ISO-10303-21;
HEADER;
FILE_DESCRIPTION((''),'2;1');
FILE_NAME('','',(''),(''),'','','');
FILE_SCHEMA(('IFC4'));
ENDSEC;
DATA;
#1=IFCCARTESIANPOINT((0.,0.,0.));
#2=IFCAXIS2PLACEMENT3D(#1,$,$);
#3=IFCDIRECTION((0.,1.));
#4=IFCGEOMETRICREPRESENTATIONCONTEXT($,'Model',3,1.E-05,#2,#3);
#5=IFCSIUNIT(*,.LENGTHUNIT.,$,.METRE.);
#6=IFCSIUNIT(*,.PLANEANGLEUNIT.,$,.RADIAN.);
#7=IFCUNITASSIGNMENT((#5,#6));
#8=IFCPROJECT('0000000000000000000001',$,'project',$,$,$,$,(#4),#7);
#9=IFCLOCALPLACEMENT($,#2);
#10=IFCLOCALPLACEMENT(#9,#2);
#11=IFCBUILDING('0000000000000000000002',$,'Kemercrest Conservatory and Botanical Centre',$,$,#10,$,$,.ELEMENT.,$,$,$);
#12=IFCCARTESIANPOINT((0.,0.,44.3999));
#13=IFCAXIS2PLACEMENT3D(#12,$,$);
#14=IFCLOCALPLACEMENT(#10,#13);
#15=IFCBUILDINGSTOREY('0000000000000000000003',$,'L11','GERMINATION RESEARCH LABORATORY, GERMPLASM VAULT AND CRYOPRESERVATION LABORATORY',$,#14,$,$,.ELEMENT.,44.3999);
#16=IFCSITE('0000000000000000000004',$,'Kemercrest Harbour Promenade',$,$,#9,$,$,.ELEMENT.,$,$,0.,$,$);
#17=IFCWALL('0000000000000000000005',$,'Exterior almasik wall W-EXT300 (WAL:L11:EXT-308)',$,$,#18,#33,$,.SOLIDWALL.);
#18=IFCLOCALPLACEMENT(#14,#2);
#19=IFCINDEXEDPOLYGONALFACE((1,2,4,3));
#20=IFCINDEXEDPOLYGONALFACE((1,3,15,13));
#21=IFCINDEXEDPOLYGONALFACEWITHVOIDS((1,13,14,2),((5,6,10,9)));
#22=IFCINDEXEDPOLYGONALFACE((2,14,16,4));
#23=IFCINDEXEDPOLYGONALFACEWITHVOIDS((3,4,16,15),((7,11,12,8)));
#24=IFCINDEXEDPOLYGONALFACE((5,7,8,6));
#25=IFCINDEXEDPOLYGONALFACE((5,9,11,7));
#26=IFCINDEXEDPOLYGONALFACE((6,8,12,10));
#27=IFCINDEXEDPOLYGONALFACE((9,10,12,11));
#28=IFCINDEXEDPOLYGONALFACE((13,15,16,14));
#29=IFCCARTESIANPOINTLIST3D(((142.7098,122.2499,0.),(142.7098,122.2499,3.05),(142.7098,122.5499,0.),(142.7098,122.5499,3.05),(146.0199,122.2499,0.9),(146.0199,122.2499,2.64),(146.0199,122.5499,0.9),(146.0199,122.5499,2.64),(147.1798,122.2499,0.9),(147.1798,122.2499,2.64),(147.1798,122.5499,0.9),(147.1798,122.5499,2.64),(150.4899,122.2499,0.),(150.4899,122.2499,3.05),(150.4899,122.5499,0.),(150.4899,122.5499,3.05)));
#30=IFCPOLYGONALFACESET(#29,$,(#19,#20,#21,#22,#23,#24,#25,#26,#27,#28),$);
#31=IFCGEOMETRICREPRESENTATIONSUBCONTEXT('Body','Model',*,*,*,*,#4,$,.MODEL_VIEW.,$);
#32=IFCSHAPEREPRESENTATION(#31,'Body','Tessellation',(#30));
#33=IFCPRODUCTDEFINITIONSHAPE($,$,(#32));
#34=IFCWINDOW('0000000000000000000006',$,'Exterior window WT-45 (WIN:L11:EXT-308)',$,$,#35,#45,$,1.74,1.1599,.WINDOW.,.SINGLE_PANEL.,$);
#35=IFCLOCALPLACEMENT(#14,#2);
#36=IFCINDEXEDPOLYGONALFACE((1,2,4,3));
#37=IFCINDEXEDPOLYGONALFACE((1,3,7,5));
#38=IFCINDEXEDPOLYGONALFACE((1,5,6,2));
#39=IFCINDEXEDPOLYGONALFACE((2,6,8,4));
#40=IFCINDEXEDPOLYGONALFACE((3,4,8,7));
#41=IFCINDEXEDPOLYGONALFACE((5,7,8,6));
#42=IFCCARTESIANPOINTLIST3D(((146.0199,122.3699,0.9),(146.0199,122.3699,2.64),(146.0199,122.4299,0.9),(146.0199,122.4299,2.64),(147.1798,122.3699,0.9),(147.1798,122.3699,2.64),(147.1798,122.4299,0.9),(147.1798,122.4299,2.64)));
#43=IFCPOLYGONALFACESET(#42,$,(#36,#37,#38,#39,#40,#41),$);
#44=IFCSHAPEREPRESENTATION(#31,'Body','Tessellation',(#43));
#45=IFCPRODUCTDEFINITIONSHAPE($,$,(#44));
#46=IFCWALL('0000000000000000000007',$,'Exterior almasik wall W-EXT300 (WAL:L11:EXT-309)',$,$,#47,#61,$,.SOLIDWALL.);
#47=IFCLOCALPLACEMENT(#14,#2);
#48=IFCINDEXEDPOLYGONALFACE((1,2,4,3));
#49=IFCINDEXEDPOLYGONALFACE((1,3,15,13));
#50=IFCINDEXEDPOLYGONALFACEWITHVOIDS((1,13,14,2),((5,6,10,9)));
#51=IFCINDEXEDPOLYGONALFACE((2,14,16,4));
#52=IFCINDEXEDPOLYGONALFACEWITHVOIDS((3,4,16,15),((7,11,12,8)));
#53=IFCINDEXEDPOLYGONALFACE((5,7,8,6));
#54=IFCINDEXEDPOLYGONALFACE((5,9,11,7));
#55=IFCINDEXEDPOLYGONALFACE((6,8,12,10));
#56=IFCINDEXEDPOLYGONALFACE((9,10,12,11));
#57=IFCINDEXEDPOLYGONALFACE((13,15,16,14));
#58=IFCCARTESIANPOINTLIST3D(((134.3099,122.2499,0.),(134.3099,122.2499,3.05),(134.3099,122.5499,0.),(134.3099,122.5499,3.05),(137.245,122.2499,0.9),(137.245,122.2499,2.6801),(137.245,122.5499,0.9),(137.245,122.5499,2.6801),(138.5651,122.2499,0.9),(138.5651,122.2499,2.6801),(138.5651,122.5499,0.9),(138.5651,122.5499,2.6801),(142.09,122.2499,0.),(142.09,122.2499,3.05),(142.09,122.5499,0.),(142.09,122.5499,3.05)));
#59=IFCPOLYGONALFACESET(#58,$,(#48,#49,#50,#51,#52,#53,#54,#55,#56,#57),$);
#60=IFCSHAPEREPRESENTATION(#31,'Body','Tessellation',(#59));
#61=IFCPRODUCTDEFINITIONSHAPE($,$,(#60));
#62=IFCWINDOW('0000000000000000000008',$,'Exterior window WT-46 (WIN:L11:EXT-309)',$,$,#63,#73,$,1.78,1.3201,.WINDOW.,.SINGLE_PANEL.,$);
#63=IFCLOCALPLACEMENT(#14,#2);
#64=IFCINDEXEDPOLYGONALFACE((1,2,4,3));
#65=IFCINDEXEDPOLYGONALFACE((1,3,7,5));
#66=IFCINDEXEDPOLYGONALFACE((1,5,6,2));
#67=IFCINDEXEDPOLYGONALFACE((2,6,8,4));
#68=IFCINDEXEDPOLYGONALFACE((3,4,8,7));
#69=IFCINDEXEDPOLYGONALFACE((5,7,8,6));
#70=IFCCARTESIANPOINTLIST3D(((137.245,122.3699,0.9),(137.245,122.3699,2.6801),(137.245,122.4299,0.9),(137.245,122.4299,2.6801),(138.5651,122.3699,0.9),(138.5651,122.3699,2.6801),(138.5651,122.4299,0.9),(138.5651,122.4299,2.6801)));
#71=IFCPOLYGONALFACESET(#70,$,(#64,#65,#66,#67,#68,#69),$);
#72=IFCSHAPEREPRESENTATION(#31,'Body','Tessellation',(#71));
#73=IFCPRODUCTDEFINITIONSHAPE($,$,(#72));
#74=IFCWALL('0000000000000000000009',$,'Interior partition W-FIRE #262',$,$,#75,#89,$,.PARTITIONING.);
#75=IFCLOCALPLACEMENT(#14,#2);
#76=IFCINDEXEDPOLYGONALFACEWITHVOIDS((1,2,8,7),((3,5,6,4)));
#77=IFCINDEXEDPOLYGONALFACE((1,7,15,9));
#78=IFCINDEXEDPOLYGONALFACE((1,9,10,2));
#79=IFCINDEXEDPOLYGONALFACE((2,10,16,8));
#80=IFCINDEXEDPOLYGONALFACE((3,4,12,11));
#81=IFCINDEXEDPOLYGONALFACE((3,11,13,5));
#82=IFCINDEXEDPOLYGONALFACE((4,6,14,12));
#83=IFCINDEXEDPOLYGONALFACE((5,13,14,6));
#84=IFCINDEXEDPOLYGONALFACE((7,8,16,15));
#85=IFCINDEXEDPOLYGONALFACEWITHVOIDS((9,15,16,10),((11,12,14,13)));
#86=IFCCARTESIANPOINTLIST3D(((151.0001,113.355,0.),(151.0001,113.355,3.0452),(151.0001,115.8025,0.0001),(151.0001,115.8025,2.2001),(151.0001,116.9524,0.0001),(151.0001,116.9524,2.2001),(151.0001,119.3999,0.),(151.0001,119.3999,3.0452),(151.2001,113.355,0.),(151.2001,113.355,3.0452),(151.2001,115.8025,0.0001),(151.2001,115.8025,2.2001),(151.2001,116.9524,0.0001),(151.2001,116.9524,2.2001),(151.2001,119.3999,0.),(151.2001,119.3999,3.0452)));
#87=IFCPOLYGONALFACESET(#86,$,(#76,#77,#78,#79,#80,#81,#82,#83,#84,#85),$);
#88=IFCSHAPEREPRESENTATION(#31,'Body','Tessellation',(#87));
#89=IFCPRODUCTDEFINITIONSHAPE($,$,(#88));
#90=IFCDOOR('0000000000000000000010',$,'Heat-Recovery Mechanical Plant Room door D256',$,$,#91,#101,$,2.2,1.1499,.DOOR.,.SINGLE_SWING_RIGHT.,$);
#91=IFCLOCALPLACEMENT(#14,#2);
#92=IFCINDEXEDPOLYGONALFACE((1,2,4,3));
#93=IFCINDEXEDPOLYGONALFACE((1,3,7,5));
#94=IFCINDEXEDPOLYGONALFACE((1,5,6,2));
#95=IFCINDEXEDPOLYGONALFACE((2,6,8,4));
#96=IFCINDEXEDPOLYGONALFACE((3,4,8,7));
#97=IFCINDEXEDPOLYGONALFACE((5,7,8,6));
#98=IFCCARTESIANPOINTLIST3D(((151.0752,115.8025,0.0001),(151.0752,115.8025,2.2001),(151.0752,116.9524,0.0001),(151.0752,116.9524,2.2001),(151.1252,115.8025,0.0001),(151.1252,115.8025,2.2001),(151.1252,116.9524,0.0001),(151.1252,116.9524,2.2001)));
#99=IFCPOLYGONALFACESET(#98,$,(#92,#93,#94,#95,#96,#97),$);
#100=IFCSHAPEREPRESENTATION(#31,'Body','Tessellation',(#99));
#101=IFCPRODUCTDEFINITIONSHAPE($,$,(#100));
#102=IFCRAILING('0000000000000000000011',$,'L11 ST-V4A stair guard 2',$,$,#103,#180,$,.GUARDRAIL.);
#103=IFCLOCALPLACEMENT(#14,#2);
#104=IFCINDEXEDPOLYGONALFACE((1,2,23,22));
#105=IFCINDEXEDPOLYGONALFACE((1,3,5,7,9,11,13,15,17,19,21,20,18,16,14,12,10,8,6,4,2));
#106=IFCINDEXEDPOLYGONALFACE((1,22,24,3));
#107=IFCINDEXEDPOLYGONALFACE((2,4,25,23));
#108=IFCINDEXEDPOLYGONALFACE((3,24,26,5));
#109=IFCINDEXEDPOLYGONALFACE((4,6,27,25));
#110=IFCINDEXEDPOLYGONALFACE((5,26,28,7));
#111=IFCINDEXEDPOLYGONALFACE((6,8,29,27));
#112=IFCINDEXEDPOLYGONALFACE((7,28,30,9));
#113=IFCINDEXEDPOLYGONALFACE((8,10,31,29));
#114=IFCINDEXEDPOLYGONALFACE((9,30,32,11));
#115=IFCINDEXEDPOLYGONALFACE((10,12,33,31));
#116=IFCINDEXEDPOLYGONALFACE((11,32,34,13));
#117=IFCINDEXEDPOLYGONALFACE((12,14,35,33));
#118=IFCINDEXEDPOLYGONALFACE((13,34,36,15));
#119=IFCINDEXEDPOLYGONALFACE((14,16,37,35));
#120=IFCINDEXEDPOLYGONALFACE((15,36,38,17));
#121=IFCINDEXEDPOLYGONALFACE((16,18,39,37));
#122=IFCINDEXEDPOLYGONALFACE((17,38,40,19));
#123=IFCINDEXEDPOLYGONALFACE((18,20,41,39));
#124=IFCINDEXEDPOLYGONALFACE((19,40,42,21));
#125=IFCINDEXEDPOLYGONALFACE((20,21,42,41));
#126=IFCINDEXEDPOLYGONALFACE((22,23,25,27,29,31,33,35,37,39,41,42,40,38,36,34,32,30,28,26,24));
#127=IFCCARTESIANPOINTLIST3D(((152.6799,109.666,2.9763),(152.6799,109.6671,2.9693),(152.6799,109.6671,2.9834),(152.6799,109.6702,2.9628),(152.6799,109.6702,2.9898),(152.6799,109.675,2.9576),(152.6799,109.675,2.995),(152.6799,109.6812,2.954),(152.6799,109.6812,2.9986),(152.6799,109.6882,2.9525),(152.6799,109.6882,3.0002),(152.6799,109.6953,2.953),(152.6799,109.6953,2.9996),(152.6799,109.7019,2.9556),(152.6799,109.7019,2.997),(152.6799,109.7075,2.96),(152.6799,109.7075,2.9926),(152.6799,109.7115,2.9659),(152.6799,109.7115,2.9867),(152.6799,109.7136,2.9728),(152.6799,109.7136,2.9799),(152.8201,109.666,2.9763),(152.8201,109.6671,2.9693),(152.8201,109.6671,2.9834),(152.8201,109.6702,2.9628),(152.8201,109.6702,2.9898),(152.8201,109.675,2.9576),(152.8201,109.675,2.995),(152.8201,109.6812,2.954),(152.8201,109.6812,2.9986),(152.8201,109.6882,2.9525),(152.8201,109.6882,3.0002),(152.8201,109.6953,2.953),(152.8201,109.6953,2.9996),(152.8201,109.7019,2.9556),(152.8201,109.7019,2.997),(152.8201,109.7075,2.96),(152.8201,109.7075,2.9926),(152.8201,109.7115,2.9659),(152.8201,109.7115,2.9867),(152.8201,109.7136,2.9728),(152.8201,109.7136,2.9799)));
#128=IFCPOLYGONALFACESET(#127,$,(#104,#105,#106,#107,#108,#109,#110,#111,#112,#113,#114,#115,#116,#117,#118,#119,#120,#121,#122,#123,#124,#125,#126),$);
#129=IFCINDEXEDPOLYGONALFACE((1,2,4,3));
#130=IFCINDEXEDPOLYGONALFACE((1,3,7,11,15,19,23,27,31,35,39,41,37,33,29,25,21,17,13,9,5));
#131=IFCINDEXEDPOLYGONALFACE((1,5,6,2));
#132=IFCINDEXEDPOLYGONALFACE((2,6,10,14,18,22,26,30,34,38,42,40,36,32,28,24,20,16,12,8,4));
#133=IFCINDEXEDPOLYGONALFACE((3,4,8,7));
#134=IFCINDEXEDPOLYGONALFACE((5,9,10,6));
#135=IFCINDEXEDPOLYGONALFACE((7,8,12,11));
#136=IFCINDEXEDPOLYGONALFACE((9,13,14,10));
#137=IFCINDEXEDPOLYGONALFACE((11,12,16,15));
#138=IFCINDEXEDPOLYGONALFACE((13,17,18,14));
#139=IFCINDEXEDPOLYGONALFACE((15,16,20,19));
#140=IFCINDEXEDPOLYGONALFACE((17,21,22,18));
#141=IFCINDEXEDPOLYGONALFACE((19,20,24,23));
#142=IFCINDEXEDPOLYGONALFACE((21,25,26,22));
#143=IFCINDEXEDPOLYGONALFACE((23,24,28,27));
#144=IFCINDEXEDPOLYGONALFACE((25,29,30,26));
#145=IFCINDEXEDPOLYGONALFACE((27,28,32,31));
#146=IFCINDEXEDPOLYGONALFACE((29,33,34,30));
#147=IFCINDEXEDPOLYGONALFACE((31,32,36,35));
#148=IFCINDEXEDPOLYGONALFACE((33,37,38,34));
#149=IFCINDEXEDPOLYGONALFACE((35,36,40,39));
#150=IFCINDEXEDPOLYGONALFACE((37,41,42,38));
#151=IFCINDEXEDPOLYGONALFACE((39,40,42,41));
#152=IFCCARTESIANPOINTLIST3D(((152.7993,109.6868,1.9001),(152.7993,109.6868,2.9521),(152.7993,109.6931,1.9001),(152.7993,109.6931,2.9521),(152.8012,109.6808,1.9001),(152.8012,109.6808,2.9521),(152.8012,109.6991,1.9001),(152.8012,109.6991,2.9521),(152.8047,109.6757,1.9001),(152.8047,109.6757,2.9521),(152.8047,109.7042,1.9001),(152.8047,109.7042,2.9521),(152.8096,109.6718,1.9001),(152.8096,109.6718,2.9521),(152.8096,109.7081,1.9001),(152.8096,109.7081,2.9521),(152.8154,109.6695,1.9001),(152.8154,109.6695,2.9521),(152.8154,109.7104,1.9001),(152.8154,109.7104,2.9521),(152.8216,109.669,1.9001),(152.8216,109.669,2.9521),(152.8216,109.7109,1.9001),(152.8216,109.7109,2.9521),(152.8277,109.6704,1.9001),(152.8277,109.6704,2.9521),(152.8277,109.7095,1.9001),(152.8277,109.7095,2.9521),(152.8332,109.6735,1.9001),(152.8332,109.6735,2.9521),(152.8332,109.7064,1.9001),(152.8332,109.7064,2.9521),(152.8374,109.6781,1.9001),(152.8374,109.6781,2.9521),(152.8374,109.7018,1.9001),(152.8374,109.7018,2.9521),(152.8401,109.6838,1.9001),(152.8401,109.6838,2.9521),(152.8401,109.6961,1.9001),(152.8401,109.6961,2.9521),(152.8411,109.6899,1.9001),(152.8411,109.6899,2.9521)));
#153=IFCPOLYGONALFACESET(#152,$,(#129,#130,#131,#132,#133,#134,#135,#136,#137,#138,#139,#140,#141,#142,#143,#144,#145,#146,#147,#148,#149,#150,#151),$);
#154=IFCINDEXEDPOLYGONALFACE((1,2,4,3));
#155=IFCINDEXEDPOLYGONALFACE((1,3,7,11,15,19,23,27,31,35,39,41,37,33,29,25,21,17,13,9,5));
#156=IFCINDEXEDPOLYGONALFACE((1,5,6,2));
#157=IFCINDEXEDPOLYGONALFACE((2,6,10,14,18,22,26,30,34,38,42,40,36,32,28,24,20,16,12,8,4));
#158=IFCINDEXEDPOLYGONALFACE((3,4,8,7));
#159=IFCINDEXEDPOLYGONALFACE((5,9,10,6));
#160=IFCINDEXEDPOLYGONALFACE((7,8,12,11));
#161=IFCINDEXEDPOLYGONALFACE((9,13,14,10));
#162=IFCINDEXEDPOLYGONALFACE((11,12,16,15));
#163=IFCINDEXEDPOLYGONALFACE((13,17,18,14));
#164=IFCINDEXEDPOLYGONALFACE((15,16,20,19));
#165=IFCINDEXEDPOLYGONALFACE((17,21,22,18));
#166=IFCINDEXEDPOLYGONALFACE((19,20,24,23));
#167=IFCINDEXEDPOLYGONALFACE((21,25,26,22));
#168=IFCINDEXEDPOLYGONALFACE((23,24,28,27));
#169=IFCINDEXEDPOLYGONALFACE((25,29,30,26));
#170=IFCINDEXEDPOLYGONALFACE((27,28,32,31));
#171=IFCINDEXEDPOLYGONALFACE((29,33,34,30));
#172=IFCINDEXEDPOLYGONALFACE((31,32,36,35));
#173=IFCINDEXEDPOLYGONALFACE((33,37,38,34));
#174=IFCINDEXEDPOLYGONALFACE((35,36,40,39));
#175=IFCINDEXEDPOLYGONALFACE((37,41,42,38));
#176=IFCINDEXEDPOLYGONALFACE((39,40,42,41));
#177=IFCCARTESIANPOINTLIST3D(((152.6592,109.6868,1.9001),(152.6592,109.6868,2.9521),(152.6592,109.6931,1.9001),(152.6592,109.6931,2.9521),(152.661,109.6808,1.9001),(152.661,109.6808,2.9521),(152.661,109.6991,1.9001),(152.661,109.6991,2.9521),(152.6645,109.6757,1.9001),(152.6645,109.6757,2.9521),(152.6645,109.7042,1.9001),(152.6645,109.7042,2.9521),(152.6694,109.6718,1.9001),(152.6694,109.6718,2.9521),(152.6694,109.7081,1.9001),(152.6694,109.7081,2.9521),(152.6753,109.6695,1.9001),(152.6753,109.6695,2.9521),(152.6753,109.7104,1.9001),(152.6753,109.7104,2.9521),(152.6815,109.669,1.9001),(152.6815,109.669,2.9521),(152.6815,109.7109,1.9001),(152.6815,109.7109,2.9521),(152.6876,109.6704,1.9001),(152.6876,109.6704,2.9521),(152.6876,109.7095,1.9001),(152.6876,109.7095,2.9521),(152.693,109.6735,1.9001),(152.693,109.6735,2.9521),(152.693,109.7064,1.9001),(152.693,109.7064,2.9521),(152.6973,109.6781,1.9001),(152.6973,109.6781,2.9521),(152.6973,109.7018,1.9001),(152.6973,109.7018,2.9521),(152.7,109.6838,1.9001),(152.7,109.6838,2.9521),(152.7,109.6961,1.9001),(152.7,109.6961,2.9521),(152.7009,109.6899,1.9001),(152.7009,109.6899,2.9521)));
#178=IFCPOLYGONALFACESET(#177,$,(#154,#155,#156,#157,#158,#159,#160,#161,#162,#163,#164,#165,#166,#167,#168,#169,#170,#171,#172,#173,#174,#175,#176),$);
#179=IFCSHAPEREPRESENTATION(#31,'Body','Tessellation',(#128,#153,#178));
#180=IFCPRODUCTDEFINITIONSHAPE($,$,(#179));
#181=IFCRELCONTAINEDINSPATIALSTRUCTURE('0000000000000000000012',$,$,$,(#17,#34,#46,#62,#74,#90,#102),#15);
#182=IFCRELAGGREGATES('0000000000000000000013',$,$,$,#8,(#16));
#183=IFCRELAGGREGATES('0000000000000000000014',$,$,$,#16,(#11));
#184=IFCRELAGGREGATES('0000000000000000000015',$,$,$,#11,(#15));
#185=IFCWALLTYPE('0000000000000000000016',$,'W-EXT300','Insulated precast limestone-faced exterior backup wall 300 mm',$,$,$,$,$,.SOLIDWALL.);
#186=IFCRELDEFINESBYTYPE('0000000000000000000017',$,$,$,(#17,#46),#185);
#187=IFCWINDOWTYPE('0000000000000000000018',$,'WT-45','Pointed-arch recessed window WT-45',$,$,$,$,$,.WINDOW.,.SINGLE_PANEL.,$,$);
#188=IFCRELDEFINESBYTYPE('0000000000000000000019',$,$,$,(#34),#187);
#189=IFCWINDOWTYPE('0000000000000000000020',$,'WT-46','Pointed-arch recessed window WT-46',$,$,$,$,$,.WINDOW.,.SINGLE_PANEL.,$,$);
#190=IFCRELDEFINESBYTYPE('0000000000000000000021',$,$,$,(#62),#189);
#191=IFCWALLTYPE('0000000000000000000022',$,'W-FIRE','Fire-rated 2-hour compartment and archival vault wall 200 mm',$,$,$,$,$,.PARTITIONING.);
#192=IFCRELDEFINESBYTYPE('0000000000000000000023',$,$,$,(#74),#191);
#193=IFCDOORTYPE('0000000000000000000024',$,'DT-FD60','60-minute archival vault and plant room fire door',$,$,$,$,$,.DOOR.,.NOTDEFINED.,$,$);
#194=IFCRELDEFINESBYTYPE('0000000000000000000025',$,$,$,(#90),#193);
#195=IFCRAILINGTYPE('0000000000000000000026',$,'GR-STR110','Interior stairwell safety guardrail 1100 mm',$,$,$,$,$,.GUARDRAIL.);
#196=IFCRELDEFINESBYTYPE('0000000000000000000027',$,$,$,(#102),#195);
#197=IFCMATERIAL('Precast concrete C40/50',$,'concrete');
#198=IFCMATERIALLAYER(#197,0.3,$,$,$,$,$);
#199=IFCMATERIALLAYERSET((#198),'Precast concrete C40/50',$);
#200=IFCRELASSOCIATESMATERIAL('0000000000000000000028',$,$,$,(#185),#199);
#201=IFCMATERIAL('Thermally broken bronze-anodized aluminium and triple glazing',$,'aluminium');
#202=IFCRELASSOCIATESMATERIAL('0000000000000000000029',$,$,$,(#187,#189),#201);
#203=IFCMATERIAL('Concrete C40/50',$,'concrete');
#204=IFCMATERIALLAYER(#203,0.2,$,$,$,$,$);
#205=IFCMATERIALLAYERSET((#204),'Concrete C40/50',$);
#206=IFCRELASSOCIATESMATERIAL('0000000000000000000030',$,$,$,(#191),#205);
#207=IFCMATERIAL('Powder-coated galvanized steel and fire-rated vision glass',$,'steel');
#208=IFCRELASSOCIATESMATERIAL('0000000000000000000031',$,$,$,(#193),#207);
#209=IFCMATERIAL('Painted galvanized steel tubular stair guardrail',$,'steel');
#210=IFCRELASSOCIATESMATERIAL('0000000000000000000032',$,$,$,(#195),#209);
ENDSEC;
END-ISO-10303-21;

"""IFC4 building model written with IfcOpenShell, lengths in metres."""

from ifc_helpers import new_model, si_unit, direction, frame, frame_2d, origin, origin_2d, place, context, subcontext, project, spatial, rectangle, circle, extrude, material, layer, layer_set, type_object, element, fill, save


model = new_model("IFC4")

# Units and contexts
model_context = context("Model", 3, precision=1e-05, world=origin(), true_north=direction((0.0, 1.0)))
body_context = subcontext(model_context, "Body", "Model", "MODEL_VIEW")
ifc_project = project(units=[si_unit("LENGTHUNIT", "METRE"), si_unit("PLANEANGLEUNIT", "RADIAN")], contexts=[model_context])

# Site, building, storey
site_placement = place(None, origin())
site = spatial("IfcSite", under=ifc_project, at=site_placement, Name="Kemercrest Harbour Promenade", CompositionType="ELEMENT", RefElevation=0.0)
building_placement = place(site_placement, origin())
building = spatial("IfcBuilding", under=site, at=building_placement, Name="Kemercrest Conservatory and Botanical Centre", CompositionType="ELEMENT")
storey_placement = place(building_placement, frame((0.0, 0.0, 44.3999)))
storey = spatial("IfcBuildingStorey", under=building, at=storey_placement, Name="L11", Description="GERMINATION RESEARCH LABORATORY, GERMPLASM VAULT AND CRYOPRESERVATION LABORATORY", CompositionType="ELEMENT", Elevation=44.3999)

# Shared definitions
ifc_material_1 = material(Name="Concrete C40/50", Category="concrete")

# Walls, openings, windows
ifc_material_2 = material(Name="Precast concrete C40/50", Category="concrete")
ifc_layer_1 = layer(ifc_material_2, 0.3)
ifc_layer_set_1 = layer_set([ifc_layer_1], Name="Precast concrete C40/50")
wall_type_1 = type_object("IfcWallType", Name="W-EXT300", Description="Insulated precast limestone-faced exterior backup wall 300 mm", PredefinedType="SOLIDWALL", material=ifc_layer_set_1)
wall_1_placement = place(storey_placement, frame((150.49, 122.3999, 0.0), z_axis=(0.0, 0.0, 1.0), x_axis=(-1.0, 0.0, 0.0)))
wall_1 = element("IfcWall", 1, at=wall_1_placement, inside=storey, type_object=wall_type_1, Name="Exterior almasik wall W-EXT300 (WAL:L11:EXT-308)", PredefinedType="SOLIDWALL", context=body_context, shape_type="SweptSolid", body=[
    extrude(rectangle(XDim=7.78, YDim=0.3, at=frame_2d((3.8901, 0.0))), origin(), (0.0, 0.0, 1.0), 3.05),
])
opening_1_placement = place(wall_1_placement, frame((3.3101, 0.0, 0.8999)))
opening_1 = element("IfcOpeningElement", 2, at=opening_1_placement, cuts=wall_1, PredefinedType="OPENING", context=body_context, shape_type="SweptSolid", body=[
    extrude(rectangle(XDim=1.1599, YDim=1.74, at=frame_2d((0.5801, 0.8701))), frame((0.0, 0.1602, 0.0), z_axis=(0.0, -1.0, 0.0), x_axis=(1.0, 0.0, 0.0)), (0.0, 0.0, 1.0), 0.3201),
])
ifc_material_3 = material(Name="Thermally broken bronze-anodized aluminium and triple glazing", Category="aluminium")
window_type_1 = type_object("IfcWindowType", Name="WT-45", Description="Pointed-arch recessed window WT-45", PartitioningType="SINGLE_PANEL", PredefinedType="WINDOW", material=ifc_material_3)
window_1_placement = place(opening_1_placement, origin())
window_1 = element("IfcWindow", 3, at=window_1_placement, inside=storey, type_object=window_type_1, Name="Exterior window WT-45 (WIN:L11:EXT-308)", OverallHeight=1.74, OverallWidth=1.1599, PartitioningType="SINGLE_PANEL", PredefinedType="WINDOW", context=body_context, shape_type="SweptSolid", body=[
    extrude(rectangle(XDim=1.1599, YDim=1.74, at=frame_2d((0.5801, 0.8701))), frame((0.0, 0.03, 0.0), z_axis=(0.0, -1.0, 0.0), x_axis=(1.0, 0.0, 0.0)), (0.0, 0.0, 1.0), 0.0601),
])
fill(opening_1, window_1)
wall_2_placement = place(storey_placement, frame((142.0901, 122.3999, 0.0), z_axis=(0.0, 0.0, 1.0), x_axis=(-1.0, 0.0, 0.0)))
wall_2 = element("IfcWall", 4, at=wall_2_placement, inside=storey, type_object=wall_type_1, Name="Exterior almasik wall W-EXT300 (WAL:L11:EXT-309)", PredefinedType="SOLIDWALL", context=body_context, shape_type="SweptSolid", body=[
    extrude(rectangle(XDim=7.78, YDim=0.3, at=frame_2d((3.8901, 0.0))), origin(), (0.0, 0.0, 1.0), 3.05),
])
opening_2_placement = place(wall_2_placement, frame((3.5249, 0.0, 0.8999)))
opening_2 = element("IfcOpeningElement", 5, at=opening_2_placement, cuts=wall_2, PredefinedType="OPENING", context=body_context, shape_type="SweptSolid", body=[
    extrude(rectangle(XDim=1.3201, YDim=1.78, at=frame_2d((0.6602, 0.8901))), frame((0.0, 0.1602, 0.0), z_axis=(0.0, -1.0, 0.0), x_axis=(1.0, 0.0, 0.0)), (0.0, 0.0, 1.0), 0.3201),
])
window_type_2 = type_object("IfcWindowType", Name="WT-46", Description="Pointed-arch recessed window WT-46", PartitioningType="SINGLE_PANEL", PredefinedType="WINDOW", material=ifc_material_3)
window_2_placement = place(opening_2_placement, origin())
window_2 = element("IfcWindow", 6, at=window_2_placement, inside=storey, type_object=window_type_2, Name="Exterior window WT-46 (WIN:L11:EXT-309)", OverallHeight=1.78, OverallWidth=1.3201, PartitioningType="SINGLE_PANEL", PredefinedType="WINDOW", context=body_context, shape_type="SweptSolid", body=[
    extrude(rectangle(XDim=1.3201, YDim=1.78, at=frame_2d((0.6602, 0.8901))), frame((0.0, 0.03, 0.0), z_axis=(0.0, -1.0, 0.0), x_axis=(1.0, 0.0, 0.0)), (0.0, 0.0, 1.0), 0.0601),
])
fill(opening_2, window_2)

# Wall, opening, door
ifc_layer_2 = layer(ifc_material_1, 0.2)
ifc_layer_set_2 = layer_set([ifc_layer_2], Name="Concrete C40/50")
wall_type_2 = type_object("IfcWallType", Name="W-FIRE", Description="Fire-rated 2-hour compartment and archival vault wall 200 mm", PredefinedType="PARTITIONING", material=ifc_layer_set_2)
wall_3_placement = place(storey_placement, frame((151.1001, 113.355, 0.0), z_axis=(0.0, 0.0, 1.0), x_axis=(0.0, 1.0, 0.0)))
wall_3 = element("IfcWall", 7, at=wall_3_placement, inside=storey, type_object=wall_type_2, Name="Interior partition W-FIRE #262", PredefinedType="PARTITIONING", context=body_context, shape_type="SweptSolid", body=[
    extrude(rectangle(XDim=6.0449, YDim=0.2, at=frame_2d((3.0225, 0.0))), origin(), (0.0, 0.0, 1.0), 3.0452),
])
opening_3_placement = place(wall_3_placement, frame((2.4475, 0.0, 0.0)))
opening_3 = element("IfcOpeningElement", 8, at=opening_3_placement, cuts=wall_3, PredefinedType="OPENING", context=body_context, shape_type="SweptSolid", body=[
    extrude(rectangle(XDim=1.1499, YDim=2.2, at=frame_2d((0.575, 1.1001))), frame((0.0, 0.1099, 0.0), z_axis=(0.0, -1.0, 0.0), x_axis=(1.0, 0.0, 0.0)), (0.0, 0.0, 1.0), 0.22),
])
ifc_material_4 = material(Name="Powder-coated galvanized steel and fire-rated vision glass", Category="steel")
door_type = type_object("IfcDoorType", Name="DT-FD60", Description="60-minute archival vault and plant room fire door", OperationType="NOTDEFINED", PredefinedType="DOOR", material=ifc_material_4)
door_placement = place(opening_3_placement, origin())
door = element("IfcDoor", 9, at=door_placement, inside=storey, type_object=door_type, Name="Heat-Recovery Mechanical Plant Room door D256", OperationType="SINGLE_SWING_RIGHT", OverallHeight=2.2, OverallWidth=1.1499, PredefinedType="DOOR", context=body_context, shape_type="SweptSolid", body=[
    extrude(rectangle(XDim=1.1499, YDim=2.2, at=frame_2d((0.575, 1.1001))), frame((0.0, 0.0249, 0.0), z_axis=(0.0, -1.0, 0.0), x_axis=(1.0, 0.0, 0.0)), (0.0, 0.0, 1.0), 0.05),
])
fill(opening_3, door)

# Railing
ifc_material_5 = material(Name="Painted galvanized steel tubular stair guardrail", Category="steel")
railing_type = type_object("IfcRailingType", Name="GR-STR110", Description="Interior stairwell safety guardrail 1100 mm", PredefinedType="GUARDRAIL", material=ifc_material_5)
railing_1_placement = place(storey_placement, frame((152.8201, 109.6899, 1.9001)))
element("IfcRailing", 10, at=railing_1_placement, inside=storey, type_object=railing_type, Name="L11 ST-V4A stair guard 2", PredefinedType="GUARDRAIL", context=body_context, shape_type="SweptSolid", body=[
    extrude(circle(Radius=0.0239, at=origin_2d()), frame((0.0, 0.0, 1.0762), z_axis=(-1.0, 0.0, 0.0), x_axis=(0.0, -1.0, 0.0)), (0.0, 0.0, 1.0), 0.1401),
    extrude(circle(Radius=0.021, at=origin_2d()), origin(), (0.0, 0.0, 1.0), 1.052),
    extrude(circle(Radius=0.021, at=origin_2d()), frame((-0.1401, 0.0, 0.0)), (0.0, 0.0, 1.0), 1.052),
])

save(model, "model.ifc")
